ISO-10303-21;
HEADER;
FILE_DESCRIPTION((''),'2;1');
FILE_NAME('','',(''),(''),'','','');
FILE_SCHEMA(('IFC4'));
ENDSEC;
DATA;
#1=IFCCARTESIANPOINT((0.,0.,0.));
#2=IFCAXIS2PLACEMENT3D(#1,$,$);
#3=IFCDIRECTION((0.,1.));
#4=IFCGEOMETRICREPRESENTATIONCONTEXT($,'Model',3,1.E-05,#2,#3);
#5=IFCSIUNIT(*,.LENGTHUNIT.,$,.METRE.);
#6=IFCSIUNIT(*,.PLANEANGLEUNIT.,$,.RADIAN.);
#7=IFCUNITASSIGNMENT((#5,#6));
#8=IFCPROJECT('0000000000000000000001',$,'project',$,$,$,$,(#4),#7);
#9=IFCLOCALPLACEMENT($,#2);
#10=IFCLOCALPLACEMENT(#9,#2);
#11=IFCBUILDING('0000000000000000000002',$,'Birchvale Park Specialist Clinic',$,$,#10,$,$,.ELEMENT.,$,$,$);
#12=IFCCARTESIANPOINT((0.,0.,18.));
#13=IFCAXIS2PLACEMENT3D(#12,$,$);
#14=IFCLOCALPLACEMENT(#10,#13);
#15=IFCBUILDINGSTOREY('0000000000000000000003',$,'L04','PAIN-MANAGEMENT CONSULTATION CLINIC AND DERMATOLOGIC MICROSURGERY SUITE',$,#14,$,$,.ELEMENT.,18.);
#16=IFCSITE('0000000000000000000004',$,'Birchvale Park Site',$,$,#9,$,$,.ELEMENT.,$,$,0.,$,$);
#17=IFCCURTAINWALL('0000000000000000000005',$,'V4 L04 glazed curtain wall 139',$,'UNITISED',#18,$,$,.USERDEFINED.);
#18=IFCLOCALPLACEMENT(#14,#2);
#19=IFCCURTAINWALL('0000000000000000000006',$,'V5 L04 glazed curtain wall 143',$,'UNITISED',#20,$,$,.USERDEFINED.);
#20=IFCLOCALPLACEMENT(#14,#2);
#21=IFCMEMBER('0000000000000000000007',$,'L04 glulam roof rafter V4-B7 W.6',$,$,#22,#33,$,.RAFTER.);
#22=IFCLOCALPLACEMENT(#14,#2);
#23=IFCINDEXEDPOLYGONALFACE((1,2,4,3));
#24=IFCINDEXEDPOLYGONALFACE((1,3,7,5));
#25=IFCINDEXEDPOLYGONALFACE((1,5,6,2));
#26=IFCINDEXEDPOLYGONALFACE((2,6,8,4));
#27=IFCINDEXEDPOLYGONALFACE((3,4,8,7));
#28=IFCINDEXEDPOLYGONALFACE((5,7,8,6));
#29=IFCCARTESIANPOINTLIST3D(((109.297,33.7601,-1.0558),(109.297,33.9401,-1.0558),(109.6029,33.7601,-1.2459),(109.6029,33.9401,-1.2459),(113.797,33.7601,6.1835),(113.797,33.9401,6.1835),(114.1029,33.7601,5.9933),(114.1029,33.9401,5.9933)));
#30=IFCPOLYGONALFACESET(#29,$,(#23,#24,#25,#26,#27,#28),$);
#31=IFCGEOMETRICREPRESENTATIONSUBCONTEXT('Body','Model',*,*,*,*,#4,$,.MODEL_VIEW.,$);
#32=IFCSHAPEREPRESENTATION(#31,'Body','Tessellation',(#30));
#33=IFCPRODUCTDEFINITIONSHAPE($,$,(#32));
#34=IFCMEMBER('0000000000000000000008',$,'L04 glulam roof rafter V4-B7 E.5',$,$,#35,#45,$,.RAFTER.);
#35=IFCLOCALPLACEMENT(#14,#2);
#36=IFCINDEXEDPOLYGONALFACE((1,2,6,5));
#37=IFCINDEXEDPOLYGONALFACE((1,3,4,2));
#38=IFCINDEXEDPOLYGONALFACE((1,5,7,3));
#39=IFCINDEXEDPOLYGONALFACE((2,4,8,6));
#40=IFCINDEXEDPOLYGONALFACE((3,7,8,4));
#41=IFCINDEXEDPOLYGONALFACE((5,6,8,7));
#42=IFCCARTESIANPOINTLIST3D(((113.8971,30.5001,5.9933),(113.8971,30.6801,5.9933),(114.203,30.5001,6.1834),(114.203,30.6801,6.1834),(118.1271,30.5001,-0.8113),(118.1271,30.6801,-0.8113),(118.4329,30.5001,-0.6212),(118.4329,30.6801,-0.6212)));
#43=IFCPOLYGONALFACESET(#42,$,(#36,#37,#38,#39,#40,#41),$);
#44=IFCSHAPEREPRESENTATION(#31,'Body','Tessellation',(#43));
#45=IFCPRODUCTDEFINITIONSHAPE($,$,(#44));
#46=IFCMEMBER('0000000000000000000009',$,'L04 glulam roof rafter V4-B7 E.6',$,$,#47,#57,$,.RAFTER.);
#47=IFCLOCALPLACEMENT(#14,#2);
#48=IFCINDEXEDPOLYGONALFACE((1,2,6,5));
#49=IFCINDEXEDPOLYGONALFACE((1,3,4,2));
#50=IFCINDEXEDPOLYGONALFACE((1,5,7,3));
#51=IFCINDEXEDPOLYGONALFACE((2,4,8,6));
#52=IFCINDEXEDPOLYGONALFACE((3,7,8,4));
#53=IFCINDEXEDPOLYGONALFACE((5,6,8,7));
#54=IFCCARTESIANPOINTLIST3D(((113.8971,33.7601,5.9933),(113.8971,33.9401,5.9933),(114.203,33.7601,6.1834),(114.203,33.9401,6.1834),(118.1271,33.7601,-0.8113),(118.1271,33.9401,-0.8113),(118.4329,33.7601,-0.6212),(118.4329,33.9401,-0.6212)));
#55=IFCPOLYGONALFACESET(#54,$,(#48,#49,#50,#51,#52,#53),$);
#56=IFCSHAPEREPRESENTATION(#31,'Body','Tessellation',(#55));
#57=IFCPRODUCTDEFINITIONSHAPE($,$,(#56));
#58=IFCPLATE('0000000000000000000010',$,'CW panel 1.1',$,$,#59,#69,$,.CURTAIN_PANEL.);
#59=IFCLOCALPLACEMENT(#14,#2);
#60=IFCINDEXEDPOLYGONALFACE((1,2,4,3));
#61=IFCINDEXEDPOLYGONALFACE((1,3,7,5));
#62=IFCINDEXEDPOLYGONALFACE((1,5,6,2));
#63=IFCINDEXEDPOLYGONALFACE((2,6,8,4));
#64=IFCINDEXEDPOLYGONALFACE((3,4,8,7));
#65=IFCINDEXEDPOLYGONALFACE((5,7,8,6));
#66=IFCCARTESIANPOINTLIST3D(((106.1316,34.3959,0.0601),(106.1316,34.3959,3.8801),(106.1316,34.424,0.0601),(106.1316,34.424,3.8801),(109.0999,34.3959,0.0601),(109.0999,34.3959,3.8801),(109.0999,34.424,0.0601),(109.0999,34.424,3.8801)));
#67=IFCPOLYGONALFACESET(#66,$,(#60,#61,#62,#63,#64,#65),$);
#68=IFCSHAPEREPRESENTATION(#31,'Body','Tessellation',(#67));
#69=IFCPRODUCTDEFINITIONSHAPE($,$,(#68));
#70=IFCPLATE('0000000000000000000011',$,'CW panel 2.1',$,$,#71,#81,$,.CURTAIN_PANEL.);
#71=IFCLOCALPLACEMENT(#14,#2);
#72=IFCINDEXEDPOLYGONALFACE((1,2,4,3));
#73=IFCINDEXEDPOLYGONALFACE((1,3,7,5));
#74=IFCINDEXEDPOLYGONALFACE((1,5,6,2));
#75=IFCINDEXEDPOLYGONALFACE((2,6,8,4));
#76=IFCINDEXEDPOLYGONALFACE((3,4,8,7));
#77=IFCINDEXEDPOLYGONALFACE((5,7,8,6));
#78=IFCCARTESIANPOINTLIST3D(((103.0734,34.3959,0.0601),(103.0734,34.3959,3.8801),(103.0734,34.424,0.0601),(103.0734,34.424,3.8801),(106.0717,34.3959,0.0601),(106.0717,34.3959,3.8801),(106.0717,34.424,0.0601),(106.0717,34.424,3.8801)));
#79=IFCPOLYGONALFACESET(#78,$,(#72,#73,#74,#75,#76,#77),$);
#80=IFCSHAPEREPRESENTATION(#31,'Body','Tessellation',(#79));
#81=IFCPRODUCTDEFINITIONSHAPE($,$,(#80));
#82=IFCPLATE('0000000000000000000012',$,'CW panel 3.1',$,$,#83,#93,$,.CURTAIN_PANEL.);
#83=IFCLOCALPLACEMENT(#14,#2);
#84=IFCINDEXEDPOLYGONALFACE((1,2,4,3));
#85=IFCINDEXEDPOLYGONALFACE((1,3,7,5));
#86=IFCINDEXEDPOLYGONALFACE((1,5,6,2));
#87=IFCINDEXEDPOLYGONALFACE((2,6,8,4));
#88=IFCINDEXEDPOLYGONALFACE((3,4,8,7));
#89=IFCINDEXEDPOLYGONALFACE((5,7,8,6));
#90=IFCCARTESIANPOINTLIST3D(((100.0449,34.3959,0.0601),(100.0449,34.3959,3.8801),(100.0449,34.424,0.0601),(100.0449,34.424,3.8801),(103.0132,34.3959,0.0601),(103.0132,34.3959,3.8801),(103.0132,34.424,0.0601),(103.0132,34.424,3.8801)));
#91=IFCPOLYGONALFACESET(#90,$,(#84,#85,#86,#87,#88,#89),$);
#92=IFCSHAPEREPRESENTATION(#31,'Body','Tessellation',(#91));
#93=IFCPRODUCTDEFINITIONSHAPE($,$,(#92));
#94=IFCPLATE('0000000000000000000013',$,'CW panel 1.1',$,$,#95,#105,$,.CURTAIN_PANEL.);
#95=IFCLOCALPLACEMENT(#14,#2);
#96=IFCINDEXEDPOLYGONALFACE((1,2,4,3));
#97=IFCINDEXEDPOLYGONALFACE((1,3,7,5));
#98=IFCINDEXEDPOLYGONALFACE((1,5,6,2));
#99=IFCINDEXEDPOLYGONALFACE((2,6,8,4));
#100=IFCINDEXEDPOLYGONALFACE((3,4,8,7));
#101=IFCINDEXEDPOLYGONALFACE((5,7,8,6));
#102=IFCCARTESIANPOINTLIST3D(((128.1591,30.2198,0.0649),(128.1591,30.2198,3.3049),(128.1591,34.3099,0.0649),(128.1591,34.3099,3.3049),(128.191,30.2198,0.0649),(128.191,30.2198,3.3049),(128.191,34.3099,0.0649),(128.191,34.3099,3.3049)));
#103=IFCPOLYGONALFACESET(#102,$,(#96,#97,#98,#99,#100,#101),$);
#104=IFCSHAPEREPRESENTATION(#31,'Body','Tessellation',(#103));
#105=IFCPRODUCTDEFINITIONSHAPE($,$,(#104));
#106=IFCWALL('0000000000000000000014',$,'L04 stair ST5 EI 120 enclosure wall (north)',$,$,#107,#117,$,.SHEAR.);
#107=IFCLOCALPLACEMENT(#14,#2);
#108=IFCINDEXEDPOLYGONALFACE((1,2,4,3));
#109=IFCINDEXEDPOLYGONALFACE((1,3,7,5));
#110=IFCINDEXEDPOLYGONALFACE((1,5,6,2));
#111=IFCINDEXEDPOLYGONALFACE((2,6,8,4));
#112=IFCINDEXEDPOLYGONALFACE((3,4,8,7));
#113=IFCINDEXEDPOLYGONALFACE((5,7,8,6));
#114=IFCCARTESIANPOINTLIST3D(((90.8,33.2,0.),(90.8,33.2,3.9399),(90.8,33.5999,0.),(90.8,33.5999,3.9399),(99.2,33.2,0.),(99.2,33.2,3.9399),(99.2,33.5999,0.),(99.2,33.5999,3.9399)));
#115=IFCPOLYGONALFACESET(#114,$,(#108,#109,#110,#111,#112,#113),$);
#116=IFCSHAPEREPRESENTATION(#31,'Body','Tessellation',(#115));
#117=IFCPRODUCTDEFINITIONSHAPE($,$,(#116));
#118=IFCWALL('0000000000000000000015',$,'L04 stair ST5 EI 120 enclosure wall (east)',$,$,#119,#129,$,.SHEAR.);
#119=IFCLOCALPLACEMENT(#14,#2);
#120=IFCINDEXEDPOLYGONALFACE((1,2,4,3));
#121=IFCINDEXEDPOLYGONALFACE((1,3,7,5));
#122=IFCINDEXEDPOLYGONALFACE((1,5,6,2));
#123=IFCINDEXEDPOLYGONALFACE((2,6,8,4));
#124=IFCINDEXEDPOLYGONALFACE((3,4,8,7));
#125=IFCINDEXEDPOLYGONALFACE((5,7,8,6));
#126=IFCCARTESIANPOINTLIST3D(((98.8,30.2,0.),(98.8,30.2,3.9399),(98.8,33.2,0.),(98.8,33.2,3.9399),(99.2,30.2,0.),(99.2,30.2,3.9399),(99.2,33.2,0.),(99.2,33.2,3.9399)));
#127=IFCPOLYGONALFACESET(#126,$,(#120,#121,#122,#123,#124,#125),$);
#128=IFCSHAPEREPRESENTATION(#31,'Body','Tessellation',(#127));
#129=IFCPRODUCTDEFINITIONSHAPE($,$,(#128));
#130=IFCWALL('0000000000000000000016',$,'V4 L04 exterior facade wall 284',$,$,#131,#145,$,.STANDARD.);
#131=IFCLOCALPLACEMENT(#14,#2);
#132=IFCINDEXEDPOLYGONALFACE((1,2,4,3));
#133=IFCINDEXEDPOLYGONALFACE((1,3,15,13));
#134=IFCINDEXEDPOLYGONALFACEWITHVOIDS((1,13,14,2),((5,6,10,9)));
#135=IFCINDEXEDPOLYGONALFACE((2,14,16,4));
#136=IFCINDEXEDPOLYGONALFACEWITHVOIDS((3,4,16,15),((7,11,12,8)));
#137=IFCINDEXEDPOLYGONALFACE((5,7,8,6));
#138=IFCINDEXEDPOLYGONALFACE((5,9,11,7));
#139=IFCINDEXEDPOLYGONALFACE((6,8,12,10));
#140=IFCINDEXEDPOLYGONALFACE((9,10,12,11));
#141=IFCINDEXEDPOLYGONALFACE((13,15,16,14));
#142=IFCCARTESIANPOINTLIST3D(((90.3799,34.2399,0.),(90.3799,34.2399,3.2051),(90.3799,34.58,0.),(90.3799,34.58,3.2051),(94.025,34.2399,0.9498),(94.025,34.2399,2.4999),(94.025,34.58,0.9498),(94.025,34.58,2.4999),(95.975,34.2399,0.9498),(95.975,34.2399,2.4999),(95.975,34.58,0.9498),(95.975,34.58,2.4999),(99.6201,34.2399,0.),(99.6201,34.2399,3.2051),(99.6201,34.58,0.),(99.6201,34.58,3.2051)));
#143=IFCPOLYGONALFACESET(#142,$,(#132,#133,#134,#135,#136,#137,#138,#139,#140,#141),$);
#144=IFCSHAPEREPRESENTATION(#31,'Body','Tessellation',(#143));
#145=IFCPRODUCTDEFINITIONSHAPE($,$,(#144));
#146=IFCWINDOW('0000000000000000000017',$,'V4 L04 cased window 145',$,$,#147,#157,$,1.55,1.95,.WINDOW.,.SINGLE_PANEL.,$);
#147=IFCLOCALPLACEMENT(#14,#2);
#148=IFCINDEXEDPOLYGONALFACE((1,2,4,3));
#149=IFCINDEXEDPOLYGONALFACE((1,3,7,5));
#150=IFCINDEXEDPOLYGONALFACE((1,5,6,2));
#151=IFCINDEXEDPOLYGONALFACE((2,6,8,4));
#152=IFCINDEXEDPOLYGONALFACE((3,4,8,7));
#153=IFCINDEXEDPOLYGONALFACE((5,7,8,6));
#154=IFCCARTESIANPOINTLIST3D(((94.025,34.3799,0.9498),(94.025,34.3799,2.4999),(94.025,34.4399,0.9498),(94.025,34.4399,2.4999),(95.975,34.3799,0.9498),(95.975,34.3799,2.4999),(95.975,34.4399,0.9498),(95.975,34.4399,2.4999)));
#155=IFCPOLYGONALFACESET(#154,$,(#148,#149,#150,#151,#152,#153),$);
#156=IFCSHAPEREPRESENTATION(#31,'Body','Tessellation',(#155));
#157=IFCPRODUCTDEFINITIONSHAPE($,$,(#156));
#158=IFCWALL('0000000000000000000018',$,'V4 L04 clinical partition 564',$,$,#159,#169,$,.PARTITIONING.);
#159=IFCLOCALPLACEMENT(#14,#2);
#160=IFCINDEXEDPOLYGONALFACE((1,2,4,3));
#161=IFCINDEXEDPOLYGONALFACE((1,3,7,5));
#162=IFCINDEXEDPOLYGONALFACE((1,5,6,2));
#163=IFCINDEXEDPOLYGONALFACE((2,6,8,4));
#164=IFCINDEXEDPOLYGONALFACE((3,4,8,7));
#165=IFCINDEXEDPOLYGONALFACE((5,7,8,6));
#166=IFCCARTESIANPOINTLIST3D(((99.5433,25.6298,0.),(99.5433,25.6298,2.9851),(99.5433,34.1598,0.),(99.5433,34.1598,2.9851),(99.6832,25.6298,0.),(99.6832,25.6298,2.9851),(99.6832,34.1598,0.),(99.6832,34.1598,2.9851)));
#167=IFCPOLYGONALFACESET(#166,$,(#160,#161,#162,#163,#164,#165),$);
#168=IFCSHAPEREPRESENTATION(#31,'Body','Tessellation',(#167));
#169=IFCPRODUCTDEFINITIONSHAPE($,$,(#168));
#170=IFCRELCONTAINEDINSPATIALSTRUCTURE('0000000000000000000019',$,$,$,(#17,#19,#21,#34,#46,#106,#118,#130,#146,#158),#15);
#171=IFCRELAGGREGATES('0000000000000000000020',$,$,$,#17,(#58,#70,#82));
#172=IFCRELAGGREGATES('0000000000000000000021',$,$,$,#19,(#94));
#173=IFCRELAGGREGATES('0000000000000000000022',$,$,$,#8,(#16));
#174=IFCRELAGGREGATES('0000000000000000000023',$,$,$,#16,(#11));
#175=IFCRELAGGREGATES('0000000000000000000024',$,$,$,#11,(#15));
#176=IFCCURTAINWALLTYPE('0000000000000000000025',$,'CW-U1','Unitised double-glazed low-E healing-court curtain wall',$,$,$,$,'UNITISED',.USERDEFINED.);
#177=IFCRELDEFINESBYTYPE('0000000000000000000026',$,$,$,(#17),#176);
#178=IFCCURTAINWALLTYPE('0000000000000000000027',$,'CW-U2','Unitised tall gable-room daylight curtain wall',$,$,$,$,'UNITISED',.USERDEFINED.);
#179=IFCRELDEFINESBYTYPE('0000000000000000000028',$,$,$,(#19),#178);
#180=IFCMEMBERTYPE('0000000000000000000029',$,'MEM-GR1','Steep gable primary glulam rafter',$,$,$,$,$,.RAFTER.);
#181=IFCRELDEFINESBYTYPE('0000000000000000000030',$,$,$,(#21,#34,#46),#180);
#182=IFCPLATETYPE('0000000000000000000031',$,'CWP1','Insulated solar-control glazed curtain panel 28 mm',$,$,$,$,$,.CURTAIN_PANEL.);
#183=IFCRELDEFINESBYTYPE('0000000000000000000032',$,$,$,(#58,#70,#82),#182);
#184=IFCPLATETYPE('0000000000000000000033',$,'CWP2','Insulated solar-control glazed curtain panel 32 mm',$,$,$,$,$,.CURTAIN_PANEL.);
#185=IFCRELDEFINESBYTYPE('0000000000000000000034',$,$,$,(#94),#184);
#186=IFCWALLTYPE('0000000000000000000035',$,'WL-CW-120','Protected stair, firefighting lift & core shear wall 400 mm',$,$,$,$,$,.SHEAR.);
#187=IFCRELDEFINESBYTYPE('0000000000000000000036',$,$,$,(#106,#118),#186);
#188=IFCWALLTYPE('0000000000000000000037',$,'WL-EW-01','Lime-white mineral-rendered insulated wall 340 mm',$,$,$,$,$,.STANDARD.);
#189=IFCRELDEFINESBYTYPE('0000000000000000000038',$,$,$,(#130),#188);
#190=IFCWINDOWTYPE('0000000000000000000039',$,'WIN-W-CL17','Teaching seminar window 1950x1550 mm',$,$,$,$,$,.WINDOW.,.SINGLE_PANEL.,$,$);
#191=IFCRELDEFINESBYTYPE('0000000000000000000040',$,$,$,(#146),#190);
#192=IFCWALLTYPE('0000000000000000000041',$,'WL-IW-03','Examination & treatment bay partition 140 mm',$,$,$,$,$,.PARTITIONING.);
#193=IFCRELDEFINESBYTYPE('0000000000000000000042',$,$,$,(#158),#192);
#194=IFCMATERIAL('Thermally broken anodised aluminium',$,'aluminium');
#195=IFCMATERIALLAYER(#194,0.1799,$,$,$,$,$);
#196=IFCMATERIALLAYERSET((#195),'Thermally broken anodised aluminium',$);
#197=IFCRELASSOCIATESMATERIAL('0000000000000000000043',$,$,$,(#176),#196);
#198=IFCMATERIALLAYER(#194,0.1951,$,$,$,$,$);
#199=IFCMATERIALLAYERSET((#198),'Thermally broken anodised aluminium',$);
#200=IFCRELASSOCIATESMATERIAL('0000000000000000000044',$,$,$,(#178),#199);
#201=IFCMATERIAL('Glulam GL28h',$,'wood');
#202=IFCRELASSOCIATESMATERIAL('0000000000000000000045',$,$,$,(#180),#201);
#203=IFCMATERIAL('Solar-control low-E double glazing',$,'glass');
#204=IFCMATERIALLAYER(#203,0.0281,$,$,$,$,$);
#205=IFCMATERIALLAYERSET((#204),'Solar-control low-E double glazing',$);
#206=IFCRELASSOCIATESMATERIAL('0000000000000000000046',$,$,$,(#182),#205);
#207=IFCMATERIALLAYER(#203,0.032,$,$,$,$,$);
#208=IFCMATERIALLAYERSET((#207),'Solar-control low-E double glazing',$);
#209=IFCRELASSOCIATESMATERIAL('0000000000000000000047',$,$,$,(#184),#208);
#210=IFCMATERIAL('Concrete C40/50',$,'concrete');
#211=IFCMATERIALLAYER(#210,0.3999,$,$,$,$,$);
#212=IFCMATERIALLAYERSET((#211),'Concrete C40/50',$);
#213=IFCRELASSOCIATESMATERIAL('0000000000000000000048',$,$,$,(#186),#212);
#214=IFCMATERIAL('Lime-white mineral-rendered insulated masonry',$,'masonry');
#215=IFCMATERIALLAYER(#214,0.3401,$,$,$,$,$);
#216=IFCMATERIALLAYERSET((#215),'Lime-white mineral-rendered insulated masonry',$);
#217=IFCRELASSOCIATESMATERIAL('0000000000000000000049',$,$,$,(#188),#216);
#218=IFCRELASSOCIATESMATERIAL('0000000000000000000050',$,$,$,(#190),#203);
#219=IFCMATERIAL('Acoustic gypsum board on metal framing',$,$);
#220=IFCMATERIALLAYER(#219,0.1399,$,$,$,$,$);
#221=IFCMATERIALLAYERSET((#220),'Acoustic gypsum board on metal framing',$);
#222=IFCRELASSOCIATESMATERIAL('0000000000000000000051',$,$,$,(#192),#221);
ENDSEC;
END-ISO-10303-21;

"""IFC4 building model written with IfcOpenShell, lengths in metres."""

from ifc_helpers import new_model, si_unit, direction, frame, frame_2d, origin, origin_2d, place, context, subcontext, project, spatial, rectangle, extrude, material, layer, layer_set, material_profile, profile_set, type_object, element, fill, aggregate, save


model = new_model("IFC4")

# Units and contexts
model_context = context("Model", 3, precision=1e-05, world=origin(), true_north=direction((0.0, 1.0)))
body_context = subcontext(model_context, "Body", "Model", "MODEL_VIEW")
ifc_project = project(units=[si_unit("LENGTHUNIT", "METRE"), si_unit("PLANEANGLEUNIT", "RADIAN")], contexts=[model_context])

# Site, building, storey
site_placement = place(None, origin())
site = spatial("IfcSite", under=ifc_project, at=site_placement, Name="Birchvale Park Site", CompositionType="ELEMENT", RefElevation=0.0)
building_placement = place(site_placement, origin())
building = spatial("IfcBuilding", under=site, at=building_placement, Name="Birchvale Park Specialist Clinic", CompositionType="ELEMENT")
storey_placement = place(building_placement, frame((0.0, 0.0, 18.0)))
storey = spatial("IfcBuildingStorey", under=building, at=storey_placement, Name="L04", Description="PAIN-MANAGEMENT CONSULTATION CLINIC AND DERMATOLOGIC MICROSURGERY SUITE", CompositionType="ELEMENT", Elevation=18.0)

# Shared definitions
ifc_material_1 = material(Name="Concrete C40/50", Category="concrete")

# Curtain wall
ifc_material_2 = material(Name="Thermally broken anodised aluminium", Category="aluminium")
ifc_layer_1 = layer(ifc_material_2, 0.1799)
ifc_layer_set_1 = layer_set([ifc_layer_1], Name="Thermally broken anodised aluminium")
curtain_wall_type_1 = type_object("IfcCurtainWallType", Name="CW-U1", Description="Unitised double-glazed low-E healing-court curtain wall", ElementType="UNITISED", PredefinedType="USERDEFINED", material=ifc_layer_set_1)
curtain_wall_1_placement = place(storey_placement, origin())
curtain_wall_1 = element("IfcCurtainWall", 1, at=curtain_wall_1_placement, inside=storey, type_object=curtain_wall_type_1, Name="V4 L04 glazed curtain wall 139", ObjectType="UNITISED", PredefinedType="USERDEFINED")

# Curtain wall
ifc_layer_2 = layer(ifc_material_2, 0.1951)
ifc_layer_set_2 = layer_set([ifc_layer_2], Name="Thermally broken anodised aluminium")
curtain_wall_type_2 = type_object("IfcCurtainWallType", Name="CW-U2", Description="Unitised tall gable-room daylight curtain wall", ElementType="UNITISED", PredefinedType="USERDEFINED", material=ifc_layer_set_2)
curtain_wall_2_placement = place(storey_placement, origin())
curtain_wall_2 = element("IfcCurtainWall", 2, at=curtain_wall_2_placement, inside=storey, type_object=curtain_wall_type_2, Name="V5 L04 glazed curtain wall 143", ObjectType="UNITISED", PredefinedType="USERDEFINED")

# Members
ifc_material_3 = material(Name="Glulam GL28h", Category="wood")
ifc_material_profile_1 = material_profile(ifc_material_3, rectangle(XDim=0.1799, YDim=0.3601, at=origin_2d()), Name="GL-180x360")
ifc_profile_set_1 = profile_set([ifc_material_profile_1], Name="Glulam GL28h")
member_type_1 = type_object("IfcMemberType", Name="MEM-GR1", Description="Steep gable primary glulam rafter", PredefinedType="RAFTER", material=ifc_profile_set_1)
member_1_placement = place(storey_placement, frame((109.45, 33.8501, -1.1509), z_axis=(0.527927, 0.0, 0.849289), x_axis=(0.0, 1.0, 0.0)))
element("IfcMember", 3, at=member_1_placement, inside=storey, type_object=member_type_1, Name="L04 glulam roof rafter V4-B7 W.6", PredefinedType="RAFTER", context=body_context, shape_type="SweptSolid", body=[
    extrude(rectangle(XDim=0.1799, YDim=0.3601, at=origin_2d()), origin(), (0.0, 0.0, 1.0), 8.5239),
])
for number, where, z_axis, x_axis, name in (
    (4, (114.05, 30.5901, 6.0884), (0.527938, 0.0, -0.849283), (0.0, 1.0, 0.0), "L04 glulam roof rafter V4-B7 E.5"),
    (5, (114.05, 33.8501, 6.0884), (0.527938, 0.0, -0.849283), (0.0, 1.0, 0.0), "L04 glulam roof rafter V4-B7 E.6"),
):
    element("IfcMember", number, at=place(storey_placement, frame(where, z_axis=z_axis, x_axis=x_axis)), inside=storey, type_object=member_type_1, Name=name, PredefinedType="RAFTER", context=body_context, shape_type="SweptSolid", body=[
        extrude(rectangle(XDim=0.1799, YDim=0.3601, at=origin_2d()), origin(), (0.0, 0.0, 1.0), 8.0122),
    ])

# Plates
ifc_material_4 = material(Name="Solar-control low-E double glazing", Category="glass")
ifc_layer_3 = layer(ifc_material_4, 0.0281)
ifc_layer_set_3 = layer_set([ifc_layer_3], Name="Solar-control low-E double glazing")
plate_type_1 = type_object("IfcPlateType", Name="CWP1", Description="Insulated solar-control glazed curtain panel 28 mm", PredefinedType="CURTAIN_PANEL", material=ifc_layer_set_3)
plate_1_placement = place(storey_placement, frame((107.6157, 34.4099, 0.0601), z_axis=(0.0, 0.0, 1.0), x_axis=(-1.0, 0.0, 0.0)))
plate_1 = element("IfcPlate", 6, at=plate_1_placement, type_object=plate_type_1, Name="CW panel 1.1", PredefinedType="CURTAIN_PANEL", context=body_context, shape_type="SweptSolid", body=[
    extrude(rectangle(XDim=2.9683, YDim=0.0281, at=origin_2d()), origin(), (0.0, 0.0, 1.0), 3.8201),
])
plate_2_placement = place(storey_placement, frame((104.5725, 34.4099, 0.0601), z_axis=(0.0, 0.0, 1.0), x_axis=(-1.0, 0.0, 0.0)))
plate_2 = element("IfcPlate", 7, at=plate_2_placement, type_object=plate_type_1, Name="CW panel 2.1", PredefinedType="CURTAIN_PANEL", context=body_context, shape_type="SweptSolid", body=[
    extrude(rectangle(XDim=2.9983, YDim=0.0281, at=origin_2d()), origin(), (0.0, 0.0, 1.0), 3.8201),
])
plate_3_placement = place(storey_placement, frame((101.5291, 34.4099, 0.0601), z_axis=(0.0, 0.0, 1.0), x_axis=(-1.0, 0.0, 0.0)))
plate_3 = element("IfcPlate", 8, at=plate_3_placement, type_object=plate_type_1, Name="CW panel 3.1", PredefinedType="CURTAIN_PANEL", context=body_context, shape_type="SweptSolid", body=[
    extrude(rectangle(XDim=2.9683, YDim=0.0281, at=origin_2d()), origin(), (0.0, 0.0, 1.0), 3.8201),
])
aggregate(curtain_wall_1, [plate_1, plate_2, plate_3])
ifc_layer_4 = layer(ifc_material_4, 0.032)
ifc_layer_set_4 = layer_set([ifc_layer_4], Name="Solar-control low-E double glazing")
plate_type_2 = type_object("IfcPlateType", Name="CWP2", Description="Insulated solar-control glazed curtain panel 32 mm", PredefinedType="CURTAIN_PANEL", material=ifc_layer_set_4)
plate_4_placement = place(storey_placement, frame((128.175, 32.2649, 0.0649), z_axis=(0.0, 0.0, 1.0), x_axis=(0.0, -1.0, 0.0)))
plate_4 = element("IfcPlate", 9, at=plate_4_placement, type_object=plate_type_2, Name="CW panel 1.1", PredefinedType="CURTAIN_PANEL", context=body_context, shape_type="SweptSolid", body=[
    extrude(rectangle(XDim=4.0901, YDim=0.032, at=origin_2d()), origin(), (0.0, 0.0, 1.0), 3.24),
])
aggregate(curtain_wall_2, [plate_4])

# Walls
ifc_layer_5 = layer(ifc_material_1, 0.3999)
ifc_layer_set_5 = layer_set([ifc_layer_5], Name="Concrete C40/50")
wall_type_1 = type_object("IfcWallType", Name="WL-CW-120", Description="Protected stair, firefighting lift & core shear wall 400 mm", PredefinedType="SHEAR", material=ifc_layer_set_5)
wall_1_placement = place(storey_placement, frame((99.2, 33.3999, 0.0), z_axis=(0.0, 0.0, 1.0), x_axis=(-1.0, 0.0, 0.0)))
element("IfcWall", 10, at=wall_1_placement, inside=storey, type_object=wall_type_1, Name="L04 stair ST5 EI 120 enclosure wall (north)", PredefinedType="SHEAR", context=body_context, shape_type="SweptSolid", body=[
    extrude(rectangle(XDim=8.3999, YDim=0.3999, at=frame_2d((4.2, 0.0))), origin(), (0.0, 0.0, 1.0), 3.9399),
])
wall_2_placement = place(storey_placement, frame((99.0, 33.2, 0.0), z_axis=(0.0, 0.0, 1.0), x_axis=(0.0, -1.0, 0.0)))
element("IfcWall", 11, at=wall_2_placement, inside=storey, type_object=wall_type_1, Name="L04 stair ST5 EI 120 enclosure wall (east)", PredefinedType="SHEAR", context=body_context, shape_type="SweptSolid", body=[
    extrude(rectangle(XDim=3.0, YDim=0.3999, at=frame_2d((1.5, 0.0))), origin(), (0.0, 0.0, 1.0), 3.9399),
])

# Wall, opening, window
ifc_material_5 = material(Name="Lime-white mineral-rendered insulated masonry", Category="masonry")
ifc_layer_6 = layer(ifc_material_5, 0.3401)
ifc_layer_set_6 = layer_set([ifc_layer_6], Name="Lime-white mineral-rendered insulated masonry")
wall_type_2 = type_object("IfcWallType", Name="WL-EW-01", Description="Lime-white mineral-rendered insulated wall 340 mm", PredefinedType="STANDARD", material=ifc_layer_set_6)
wall_3_placement = place(storey_placement, frame((99.6201, 34.4099, 0.0), z_axis=(0.0, 0.0, 1.0), x_axis=(-1.0, 0.0, 0.0)))
wall_3 = element("IfcWall", 12, at=wall_3_placement, inside=storey, type_object=wall_type_2, Name="V4 L04 exterior facade wall 284", PredefinedType="STANDARD", context=body_context, shape_type="SweptSolid", body=[
    extrude(rectangle(XDim=9.2402, YDim=0.3401, at=frame_2d((4.6201, 0.0))), origin(), (0.0, 0.0, 1.0), 3.2051),
])
opening_placement = place(wall_3_placement, frame((3.645, 0.0, 0.95)))
opening = element("IfcOpeningElement", 13, at=opening_placement, cuts=wall_3, PredefinedType="OPENING", context=body_context, shape_type="SweptSolid", body=[
    extrude(rectangle(XDim=1.95, YDim=1.55, at=frame_2d((0.9751, 0.7749))), frame((0.0, 0.1802, 0.0), z_axis=(0.0, -1.0, 0.0), x_axis=(1.0, 0.0, 0.0)), (0.0, 0.0, 1.0), 0.3601),
])
window_type = type_object("IfcWindowType", Name="WIN-W-CL17", Description="Teaching seminar window 1950x1550 mm", PartitioningType="SINGLE_PANEL", PredefinedType="WINDOW", material=ifc_material_4)
window_placement = place(opening_placement, origin())
window = element("IfcWindow", 14, at=window_placement, inside=storey, type_object=window_type, Name="V4 L04 cased window 145", OverallHeight=1.55, OverallWidth=1.95, PartitioningType="SINGLE_PANEL", PredefinedType="WINDOW", context=body_context, shape_type="SweptSolid", body=[
    extrude(rectangle(XDim=1.95, YDim=1.55, at=frame_2d((0.9751, 0.7749))), frame((0.0, 0.03, 0.0), z_axis=(0.0, -1.0, 0.0), x_axis=(1.0, 0.0, 0.0)), (0.0, 0.0, 1.0), 0.0601),
])
fill(opening, window)

# Wall
ifc_material_6 = material(Name="Acoustic gypsum board on metal framing")
ifc_layer_7 = layer(ifc_material_6, 0.1399)
ifc_layer_set_7 = layer_set([ifc_layer_7], Name="Acoustic gypsum board on metal framing")
wall_type_3 = type_object("IfcWallType", Name="WL-IW-03", Description="Examination & treatment bay partition 140 mm", PredefinedType="PARTITIONING", material=ifc_layer_set_7)
wall_4_placement = place(storey_placement, frame((99.6133, 34.1599, 0.0), z_axis=(0.0, 0.0, 1.0), x_axis=(0.0, -1.0, 0.0)))
element("IfcWall", 15, at=wall_4_placement, inside=storey, type_object=wall_type_3, Name="V4 L04 clinical partition 564", PredefinedType="PARTITIONING", context=body_context, shape_type="SweptSolid", body=[
    extrude(rectangle(XDim=8.53, YDim=0.1399, at=frame_2d((4.2651, 0.0))), origin(), (0.0, 0.0, 1.0), 2.9851),
])

save(model, "model.ifc")
